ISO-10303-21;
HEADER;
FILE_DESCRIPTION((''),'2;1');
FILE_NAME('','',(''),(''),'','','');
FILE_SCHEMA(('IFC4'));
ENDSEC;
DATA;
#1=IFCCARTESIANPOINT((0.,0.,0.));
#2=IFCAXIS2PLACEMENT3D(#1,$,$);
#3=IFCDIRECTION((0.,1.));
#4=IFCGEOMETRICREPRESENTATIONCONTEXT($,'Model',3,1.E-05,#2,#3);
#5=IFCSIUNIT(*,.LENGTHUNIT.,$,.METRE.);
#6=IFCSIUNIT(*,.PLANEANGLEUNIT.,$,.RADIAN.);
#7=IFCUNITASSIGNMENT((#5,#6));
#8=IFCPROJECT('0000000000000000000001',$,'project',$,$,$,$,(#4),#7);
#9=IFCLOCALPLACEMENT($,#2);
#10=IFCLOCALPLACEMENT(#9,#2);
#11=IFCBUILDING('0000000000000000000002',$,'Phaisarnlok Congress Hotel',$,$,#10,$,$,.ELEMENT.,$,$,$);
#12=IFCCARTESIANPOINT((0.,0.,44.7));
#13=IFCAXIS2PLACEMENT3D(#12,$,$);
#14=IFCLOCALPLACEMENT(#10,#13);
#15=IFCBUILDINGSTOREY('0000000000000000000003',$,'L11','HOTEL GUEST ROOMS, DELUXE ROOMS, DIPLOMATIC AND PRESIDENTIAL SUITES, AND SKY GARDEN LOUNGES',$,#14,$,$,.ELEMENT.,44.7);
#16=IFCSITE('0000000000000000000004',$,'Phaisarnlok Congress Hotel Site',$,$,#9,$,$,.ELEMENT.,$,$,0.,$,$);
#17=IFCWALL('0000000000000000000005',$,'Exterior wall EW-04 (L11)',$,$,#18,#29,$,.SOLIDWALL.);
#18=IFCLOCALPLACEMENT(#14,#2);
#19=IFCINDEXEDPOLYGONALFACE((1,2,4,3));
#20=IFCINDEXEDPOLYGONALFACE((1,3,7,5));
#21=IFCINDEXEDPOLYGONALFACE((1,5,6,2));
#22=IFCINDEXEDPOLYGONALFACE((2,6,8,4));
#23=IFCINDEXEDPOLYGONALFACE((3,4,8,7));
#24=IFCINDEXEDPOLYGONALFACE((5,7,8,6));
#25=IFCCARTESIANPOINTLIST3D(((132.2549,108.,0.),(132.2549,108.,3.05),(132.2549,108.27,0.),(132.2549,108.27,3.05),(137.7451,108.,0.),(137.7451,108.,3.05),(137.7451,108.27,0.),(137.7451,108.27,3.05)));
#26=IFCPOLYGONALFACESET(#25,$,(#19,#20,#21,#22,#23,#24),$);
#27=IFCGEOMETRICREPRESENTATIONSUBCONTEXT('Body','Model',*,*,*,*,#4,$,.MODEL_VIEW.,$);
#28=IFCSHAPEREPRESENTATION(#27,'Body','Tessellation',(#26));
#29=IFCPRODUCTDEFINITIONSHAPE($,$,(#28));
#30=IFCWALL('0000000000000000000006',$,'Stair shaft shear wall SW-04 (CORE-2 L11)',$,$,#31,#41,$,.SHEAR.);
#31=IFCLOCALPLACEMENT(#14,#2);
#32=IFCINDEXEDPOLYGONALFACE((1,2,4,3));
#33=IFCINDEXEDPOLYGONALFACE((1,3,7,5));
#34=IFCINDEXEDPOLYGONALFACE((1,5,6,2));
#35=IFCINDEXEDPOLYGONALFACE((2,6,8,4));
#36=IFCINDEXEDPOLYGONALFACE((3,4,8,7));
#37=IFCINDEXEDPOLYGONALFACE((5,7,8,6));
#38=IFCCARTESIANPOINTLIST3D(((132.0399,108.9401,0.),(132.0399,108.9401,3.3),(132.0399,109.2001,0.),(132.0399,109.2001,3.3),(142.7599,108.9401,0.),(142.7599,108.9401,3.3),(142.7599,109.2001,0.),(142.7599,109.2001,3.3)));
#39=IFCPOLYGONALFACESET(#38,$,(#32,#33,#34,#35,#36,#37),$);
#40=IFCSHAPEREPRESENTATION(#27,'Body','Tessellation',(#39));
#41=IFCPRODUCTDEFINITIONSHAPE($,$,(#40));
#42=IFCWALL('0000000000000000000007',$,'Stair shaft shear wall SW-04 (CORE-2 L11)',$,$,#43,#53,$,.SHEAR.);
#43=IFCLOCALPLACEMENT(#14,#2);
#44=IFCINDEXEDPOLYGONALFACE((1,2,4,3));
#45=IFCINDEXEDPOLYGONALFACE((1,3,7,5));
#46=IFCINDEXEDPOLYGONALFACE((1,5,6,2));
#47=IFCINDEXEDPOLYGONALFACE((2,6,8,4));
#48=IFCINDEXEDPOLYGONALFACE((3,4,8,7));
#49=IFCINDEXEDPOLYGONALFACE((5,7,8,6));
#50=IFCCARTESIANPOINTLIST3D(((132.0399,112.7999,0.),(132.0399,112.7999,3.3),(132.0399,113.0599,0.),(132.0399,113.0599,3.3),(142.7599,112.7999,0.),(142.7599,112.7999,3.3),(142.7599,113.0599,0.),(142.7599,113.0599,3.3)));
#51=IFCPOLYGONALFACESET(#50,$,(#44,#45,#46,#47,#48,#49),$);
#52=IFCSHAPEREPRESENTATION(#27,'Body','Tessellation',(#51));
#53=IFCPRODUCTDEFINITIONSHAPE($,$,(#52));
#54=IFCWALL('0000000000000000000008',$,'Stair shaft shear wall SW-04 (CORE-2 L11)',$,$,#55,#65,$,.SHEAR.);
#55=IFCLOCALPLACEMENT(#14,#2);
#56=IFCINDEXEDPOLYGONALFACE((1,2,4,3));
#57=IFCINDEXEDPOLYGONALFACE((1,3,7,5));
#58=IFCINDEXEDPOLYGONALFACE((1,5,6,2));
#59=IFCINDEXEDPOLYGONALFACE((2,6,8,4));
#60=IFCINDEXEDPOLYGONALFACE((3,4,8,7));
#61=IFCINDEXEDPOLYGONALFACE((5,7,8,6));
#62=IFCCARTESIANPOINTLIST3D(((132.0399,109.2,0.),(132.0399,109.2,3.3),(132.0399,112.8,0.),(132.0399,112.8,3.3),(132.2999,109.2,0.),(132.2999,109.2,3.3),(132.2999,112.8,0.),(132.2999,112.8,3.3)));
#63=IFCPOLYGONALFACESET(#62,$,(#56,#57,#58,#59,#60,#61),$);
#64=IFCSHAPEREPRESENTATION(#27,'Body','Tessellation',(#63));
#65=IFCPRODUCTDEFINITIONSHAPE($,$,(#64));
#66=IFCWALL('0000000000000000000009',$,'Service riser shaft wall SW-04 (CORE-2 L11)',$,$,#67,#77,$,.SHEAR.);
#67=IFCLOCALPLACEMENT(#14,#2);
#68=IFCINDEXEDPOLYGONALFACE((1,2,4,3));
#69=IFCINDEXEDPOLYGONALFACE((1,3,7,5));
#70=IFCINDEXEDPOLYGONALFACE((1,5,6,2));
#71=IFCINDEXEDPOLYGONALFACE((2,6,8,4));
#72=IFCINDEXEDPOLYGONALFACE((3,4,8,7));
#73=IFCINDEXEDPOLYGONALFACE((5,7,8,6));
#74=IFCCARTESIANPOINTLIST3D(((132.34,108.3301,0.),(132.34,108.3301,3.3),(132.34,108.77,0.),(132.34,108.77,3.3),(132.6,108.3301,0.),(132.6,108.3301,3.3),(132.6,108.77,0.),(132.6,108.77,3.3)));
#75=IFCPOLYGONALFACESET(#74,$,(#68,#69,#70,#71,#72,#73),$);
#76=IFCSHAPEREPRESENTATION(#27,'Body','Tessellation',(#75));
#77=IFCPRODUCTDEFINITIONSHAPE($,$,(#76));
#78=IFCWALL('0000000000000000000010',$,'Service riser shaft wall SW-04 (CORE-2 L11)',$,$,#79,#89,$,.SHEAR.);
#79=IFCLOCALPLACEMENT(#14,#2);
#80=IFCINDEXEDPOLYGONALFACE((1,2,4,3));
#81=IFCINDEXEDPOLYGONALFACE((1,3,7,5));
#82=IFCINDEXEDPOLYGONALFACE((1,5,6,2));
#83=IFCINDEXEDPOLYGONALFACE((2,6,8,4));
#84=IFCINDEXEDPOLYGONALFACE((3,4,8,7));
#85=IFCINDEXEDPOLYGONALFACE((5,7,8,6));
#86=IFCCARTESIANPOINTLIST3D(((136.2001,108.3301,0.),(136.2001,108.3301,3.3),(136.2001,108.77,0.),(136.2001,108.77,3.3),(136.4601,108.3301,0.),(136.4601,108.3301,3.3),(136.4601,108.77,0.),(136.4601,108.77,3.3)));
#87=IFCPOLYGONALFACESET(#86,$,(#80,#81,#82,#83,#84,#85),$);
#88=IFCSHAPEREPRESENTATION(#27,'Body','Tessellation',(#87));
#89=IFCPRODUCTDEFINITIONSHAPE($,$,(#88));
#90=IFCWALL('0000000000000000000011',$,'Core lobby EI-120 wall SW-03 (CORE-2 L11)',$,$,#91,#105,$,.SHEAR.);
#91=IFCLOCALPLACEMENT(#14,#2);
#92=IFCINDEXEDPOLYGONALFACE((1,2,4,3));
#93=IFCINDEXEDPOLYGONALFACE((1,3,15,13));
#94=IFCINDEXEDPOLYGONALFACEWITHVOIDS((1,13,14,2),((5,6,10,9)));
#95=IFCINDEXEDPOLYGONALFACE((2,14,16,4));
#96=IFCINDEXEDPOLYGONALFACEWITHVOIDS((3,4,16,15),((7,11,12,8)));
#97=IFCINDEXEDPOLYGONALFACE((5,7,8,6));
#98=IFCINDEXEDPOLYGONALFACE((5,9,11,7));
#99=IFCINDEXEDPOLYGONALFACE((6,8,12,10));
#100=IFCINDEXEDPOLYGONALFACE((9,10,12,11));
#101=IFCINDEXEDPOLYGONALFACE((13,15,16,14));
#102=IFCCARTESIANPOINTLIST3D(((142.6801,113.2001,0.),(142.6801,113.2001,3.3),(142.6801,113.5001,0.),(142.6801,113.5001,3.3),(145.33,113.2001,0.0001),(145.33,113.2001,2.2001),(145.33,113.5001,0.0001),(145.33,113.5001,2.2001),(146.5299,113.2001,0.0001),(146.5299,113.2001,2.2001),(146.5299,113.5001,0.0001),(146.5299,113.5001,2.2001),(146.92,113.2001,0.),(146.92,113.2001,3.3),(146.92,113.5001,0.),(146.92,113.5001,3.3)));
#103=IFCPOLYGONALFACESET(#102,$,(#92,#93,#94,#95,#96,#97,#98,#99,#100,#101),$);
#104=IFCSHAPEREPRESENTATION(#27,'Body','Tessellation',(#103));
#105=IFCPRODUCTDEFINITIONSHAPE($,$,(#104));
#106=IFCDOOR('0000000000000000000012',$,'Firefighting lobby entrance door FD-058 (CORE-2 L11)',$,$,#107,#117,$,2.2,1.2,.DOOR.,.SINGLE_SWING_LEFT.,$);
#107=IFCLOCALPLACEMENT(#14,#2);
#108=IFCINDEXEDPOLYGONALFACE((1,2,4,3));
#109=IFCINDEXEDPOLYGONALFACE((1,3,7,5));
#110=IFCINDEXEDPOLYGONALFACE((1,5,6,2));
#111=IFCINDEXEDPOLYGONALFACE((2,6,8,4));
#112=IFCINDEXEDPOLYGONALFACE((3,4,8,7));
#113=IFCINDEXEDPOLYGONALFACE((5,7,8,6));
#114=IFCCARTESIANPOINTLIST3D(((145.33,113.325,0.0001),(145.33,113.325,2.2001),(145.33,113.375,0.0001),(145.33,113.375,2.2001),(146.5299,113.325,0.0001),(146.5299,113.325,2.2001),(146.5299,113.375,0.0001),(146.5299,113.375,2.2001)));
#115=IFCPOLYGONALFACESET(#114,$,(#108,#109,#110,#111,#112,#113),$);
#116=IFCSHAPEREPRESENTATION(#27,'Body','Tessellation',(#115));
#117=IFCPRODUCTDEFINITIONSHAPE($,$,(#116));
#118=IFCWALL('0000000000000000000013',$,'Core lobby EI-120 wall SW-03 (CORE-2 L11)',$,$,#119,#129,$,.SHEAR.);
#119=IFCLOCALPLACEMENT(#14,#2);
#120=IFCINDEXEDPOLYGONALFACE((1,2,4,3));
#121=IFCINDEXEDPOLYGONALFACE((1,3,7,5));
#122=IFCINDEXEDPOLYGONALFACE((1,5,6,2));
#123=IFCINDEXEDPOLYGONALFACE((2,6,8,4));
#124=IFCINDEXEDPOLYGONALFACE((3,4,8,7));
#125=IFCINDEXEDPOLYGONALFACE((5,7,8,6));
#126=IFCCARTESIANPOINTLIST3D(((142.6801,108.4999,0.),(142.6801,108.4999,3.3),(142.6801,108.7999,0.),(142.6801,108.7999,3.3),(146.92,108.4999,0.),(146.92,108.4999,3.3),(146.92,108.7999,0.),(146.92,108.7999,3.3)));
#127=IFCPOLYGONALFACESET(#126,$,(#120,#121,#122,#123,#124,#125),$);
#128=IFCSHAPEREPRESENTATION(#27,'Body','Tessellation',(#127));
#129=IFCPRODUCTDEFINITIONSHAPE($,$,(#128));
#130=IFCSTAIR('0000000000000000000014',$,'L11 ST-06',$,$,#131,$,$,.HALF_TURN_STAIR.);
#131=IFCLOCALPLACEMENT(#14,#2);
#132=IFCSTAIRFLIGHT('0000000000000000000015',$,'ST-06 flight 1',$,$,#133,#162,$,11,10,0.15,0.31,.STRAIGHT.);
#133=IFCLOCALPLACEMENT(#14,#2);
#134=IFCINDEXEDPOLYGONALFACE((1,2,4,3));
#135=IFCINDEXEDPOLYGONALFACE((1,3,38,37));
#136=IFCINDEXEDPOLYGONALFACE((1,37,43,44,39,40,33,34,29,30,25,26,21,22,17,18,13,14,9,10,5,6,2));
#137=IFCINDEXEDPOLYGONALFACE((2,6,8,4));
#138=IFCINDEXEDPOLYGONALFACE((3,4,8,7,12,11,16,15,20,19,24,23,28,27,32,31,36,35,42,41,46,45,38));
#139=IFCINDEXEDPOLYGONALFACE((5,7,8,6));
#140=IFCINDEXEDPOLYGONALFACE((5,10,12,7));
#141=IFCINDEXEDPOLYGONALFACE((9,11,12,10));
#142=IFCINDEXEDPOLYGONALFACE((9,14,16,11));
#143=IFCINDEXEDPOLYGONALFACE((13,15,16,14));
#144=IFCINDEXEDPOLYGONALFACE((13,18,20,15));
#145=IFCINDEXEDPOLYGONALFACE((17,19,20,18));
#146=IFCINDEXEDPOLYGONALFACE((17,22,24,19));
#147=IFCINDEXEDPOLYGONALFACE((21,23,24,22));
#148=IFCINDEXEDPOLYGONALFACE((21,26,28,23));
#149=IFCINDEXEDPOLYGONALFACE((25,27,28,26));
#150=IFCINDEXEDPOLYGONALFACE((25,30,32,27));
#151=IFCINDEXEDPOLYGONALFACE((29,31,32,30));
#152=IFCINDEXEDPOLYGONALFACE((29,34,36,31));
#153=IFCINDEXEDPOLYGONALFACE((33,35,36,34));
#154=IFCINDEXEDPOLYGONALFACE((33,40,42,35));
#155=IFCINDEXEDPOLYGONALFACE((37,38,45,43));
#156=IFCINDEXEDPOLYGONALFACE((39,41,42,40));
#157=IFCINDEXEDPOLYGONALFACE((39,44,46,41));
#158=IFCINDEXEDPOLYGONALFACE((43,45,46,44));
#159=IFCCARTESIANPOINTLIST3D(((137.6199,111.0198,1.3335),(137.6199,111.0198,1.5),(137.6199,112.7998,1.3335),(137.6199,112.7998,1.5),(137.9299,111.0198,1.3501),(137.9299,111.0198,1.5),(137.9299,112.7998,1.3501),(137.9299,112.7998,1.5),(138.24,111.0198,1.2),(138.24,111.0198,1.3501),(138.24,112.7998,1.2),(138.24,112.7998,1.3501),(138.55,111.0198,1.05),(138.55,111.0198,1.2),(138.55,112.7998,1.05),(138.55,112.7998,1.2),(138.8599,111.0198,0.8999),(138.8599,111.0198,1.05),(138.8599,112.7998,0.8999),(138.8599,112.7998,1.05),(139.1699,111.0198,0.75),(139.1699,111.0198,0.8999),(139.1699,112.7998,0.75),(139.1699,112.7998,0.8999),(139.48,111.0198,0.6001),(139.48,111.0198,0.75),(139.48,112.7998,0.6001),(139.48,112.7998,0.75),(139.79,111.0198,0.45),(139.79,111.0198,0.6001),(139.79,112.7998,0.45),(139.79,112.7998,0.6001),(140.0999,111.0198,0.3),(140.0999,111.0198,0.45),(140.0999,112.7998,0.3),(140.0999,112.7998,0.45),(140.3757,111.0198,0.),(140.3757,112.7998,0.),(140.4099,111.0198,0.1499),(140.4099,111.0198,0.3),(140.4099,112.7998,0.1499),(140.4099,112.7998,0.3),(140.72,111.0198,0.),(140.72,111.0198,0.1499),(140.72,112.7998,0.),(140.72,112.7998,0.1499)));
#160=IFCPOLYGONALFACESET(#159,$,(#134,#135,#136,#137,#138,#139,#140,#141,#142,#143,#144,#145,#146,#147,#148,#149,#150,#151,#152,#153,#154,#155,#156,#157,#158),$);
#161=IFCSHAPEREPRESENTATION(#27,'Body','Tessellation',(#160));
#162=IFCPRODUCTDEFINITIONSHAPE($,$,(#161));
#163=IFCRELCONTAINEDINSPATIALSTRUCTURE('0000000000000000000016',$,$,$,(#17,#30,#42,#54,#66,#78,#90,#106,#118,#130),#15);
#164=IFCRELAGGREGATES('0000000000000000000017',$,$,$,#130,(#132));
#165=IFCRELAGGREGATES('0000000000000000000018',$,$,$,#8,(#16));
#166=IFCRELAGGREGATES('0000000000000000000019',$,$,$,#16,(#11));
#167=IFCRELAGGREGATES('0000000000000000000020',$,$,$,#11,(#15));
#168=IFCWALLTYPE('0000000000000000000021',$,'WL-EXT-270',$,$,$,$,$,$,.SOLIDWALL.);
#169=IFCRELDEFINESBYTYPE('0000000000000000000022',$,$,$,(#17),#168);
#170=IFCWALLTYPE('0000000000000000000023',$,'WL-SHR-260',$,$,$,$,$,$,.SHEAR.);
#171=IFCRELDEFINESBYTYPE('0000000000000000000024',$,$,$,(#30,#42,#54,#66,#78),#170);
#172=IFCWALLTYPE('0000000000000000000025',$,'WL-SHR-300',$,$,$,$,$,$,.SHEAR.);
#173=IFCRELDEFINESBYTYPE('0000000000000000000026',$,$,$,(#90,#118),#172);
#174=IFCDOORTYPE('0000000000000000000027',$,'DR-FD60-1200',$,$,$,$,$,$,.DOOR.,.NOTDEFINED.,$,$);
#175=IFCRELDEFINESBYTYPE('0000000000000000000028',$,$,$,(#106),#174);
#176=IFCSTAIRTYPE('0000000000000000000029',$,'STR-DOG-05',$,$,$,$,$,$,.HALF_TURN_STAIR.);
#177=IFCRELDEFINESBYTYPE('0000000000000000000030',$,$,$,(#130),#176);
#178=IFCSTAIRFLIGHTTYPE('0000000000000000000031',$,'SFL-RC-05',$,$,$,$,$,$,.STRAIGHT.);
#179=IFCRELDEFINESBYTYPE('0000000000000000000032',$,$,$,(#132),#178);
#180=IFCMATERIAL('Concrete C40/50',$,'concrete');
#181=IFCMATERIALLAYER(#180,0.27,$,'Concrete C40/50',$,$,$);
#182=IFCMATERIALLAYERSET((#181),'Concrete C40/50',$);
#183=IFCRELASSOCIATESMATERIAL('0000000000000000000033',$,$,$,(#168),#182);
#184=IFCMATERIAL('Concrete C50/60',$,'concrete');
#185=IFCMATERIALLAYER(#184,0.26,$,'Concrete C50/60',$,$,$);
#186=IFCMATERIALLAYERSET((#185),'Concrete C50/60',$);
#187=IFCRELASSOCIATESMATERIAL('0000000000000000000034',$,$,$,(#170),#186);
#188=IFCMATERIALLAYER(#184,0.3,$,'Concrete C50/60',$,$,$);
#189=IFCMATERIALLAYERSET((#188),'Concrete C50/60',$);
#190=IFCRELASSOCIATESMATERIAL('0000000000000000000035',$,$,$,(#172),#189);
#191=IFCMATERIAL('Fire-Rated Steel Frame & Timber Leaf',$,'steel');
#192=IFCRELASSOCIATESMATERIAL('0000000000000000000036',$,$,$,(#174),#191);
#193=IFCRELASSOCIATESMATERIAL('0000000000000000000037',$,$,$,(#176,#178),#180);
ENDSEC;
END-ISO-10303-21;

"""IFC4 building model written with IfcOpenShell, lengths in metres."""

from ifc_helpers import new_model, si_unit, direction, frame, frame_2d, origin, place, context, subcontext, project, spatial, polyline, rectangle, outline, extrude, material, layer, layer_set, type_object, element, fill, aggregate, save


model = new_model("IFC4")

# Units and contexts
model_context = context("Model", 3, precision=1e-05, world=origin(), true_north=direction((0.0, 1.0)))
body_context = subcontext(model_context, "Body", "Model", "MODEL_VIEW")
ifc_project = project(units=[si_unit("LENGTHUNIT", "METRE"), si_unit("PLANEANGLEUNIT", "RADIAN")], contexts=[model_context])

# Site, building, storey
site_placement = place(None, origin())
site = spatial("IfcSite", under=ifc_project, at=site_placement, Name="Phaisarnlok Congress Hotel Site", CompositionType="ELEMENT", RefElevation=0.0)
building_placement = place(site_placement, origin())
building = spatial("IfcBuilding", under=site, at=building_placement, Name="Phaisarnlok Congress Hotel", CompositionType="ELEMENT")
storey_placement = place(building_placement, frame((0.0, 0.0, 44.7)))
storey = spatial("IfcBuildingStorey", under=building, at=storey_placement, Name="L11", Description="HOTEL GUEST ROOMS, DELUXE ROOMS, DIPLOMATIC AND PRESIDENTIAL SUITES, AND SKY GARDEN LOUNGES", CompositionType="ELEMENT", Elevation=44.7)

# Shared definitions
ifc_material_1 = material(Name="Concrete C50/60", Category="concrete")

# Shared definitions
ifc_material_2 = material(Name="Concrete C40/50", Category="concrete")

# Walls
ifc_layer_1 = layer(ifc_material_2, 0.27, Name="Concrete C40/50")
ifc_layer_set_1 = layer_set([ifc_layer_1], Name="Concrete C40/50")
wall_type_1 = type_object("IfcWallType", Name="WL-EXT-270", PredefinedType="SOLIDWALL", material=ifc_layer_set_1)
wall_1_placement = place(storey_placement, frame((132.2549, 108.135, 0.0), z_axis=(0.0, 0.0, 1.0), x_axis=(1.0, 0.0, 0.0)))
element("IfcWall", 1, at=wall_1_placement, inside=storey, type_object=wall_type_1, Name="Exterior wall EW-04 (L11)", PredefinedType="SOLIDWALL", context=body_context, shape_type="SweptSolid", body=[
    extrude(rectangle(XDim=5.4902, YDim=0.27, at=frame_2d((2.7451, 0.0))), origin(), (0.0, 0.0, 1.0), 3.05),
])
ifc_layer_2 = layer(ifc_material_1, 0.26, Name="Concrete C50/60")
ifc_layer_set_2 = layer_set([ifc_layer_2], Name="Concrete C50/60")
wall_type_2 = type_object("IfcWallType", Name="WL-SHR-260", PredefinedType="SHEAR", material=ifc_layer_set_2)
for number, where, z_axis, x_axis, name in (
    (2, (132.04, 109.0701, 0.0), (0.0, 0.0, 1.0), (1.0, 0.0, 0.0), "Stair shaft shear wall SW-04 (CORE-2 L11)"),
    (3, (132.04, 112.9299, 0.0), (0.0, 0.0, 1.0), (1.0, 0.0, 0.0), "Stair shaft shear wall SW-04 (CORE-2 L11)"),
):
    element("IfcWall", number, at=place(storey_placement, frame(where, z_axis=z_axis, x_axis=x_axis)), inside=storey, type_object=wall_type_2, Name=name, PredefinedType="SHEAR", context=body_context, shape_type="SweptSolid", body=[
        extrude(rectangle(XDim=10.72, YDim=0.26, at=frame_2d((5.3599, 0.0))), origin(), (0.0, 0.0, 1.0), 3.3),
    ])
wall_2_placement = place(storey_placement, frame((132.1699, 109.2, 0.0), z_axis=(0.0, 0.0, 1.0), x_axis=(0.0, 1.0, 0.0)))
element("IfcWall", 4, at=wall_2_placement, inside=storey, type_object=wall_type_2, Name="Stair shaft shear wall SW-04 (CORE-2 L11)", PredefinedType="SHEAR", context=body_context, shape_type="SweptSolid", body=[
    extrude(rectangle(XDim=3.6001, YDim=0.26, at=frame_2d((1.8, 0.0))), origin(), (0.0, 0.0, 1.0), 3.3),
])

# Shared definitions
ifc_material_3 = material(Name="Fire-Rated Steel Frame & Timber Leaf", Category="steel")

# Walls
for number, where, z_axis, x_axis, name in (
    (5, (132.47, 108.3301, 0.0), (0.0, 0.0, 1.0), (0.0, 1.0, 0.0), "Service riser shaft wall SW-04 (CORE-2 L11)"),
    (6, (136.3301, 108.3301, 0.0), (0.0, 0.0, 1.0), (0.0, 1.0, 0.0), "Service riser shaft wall SW-04 (CORE-2 L11)"),
):
    element("IfcWall", number, at=place(storey_placement, frame(where, z_axis=z_axis, x_axis=x_axis)), inside=storey, type_object=wall_type_2, Name=name, PredefinedType="SHEAR", context=body_context, shape_type="SweptSolid", body=[
        extrude(rectangle(XDim=0.4399, YDim=0.26, at=frame_2d((0.22, 0.0))), origin(), (0.0, 0.0, 1.0), 3.3),
    ])

# Wall, opening, door
ifc_layer_3 = layer(ifc_material_1, 0.3, Name="Concrete C50/60")
ifc_layer_set_3 = layer_set([ifc_layer_3], Name="Concrete C50/60")
wall_type_3 = type_object("IfcWallType", Name="WL-SHR-300", PredefinedType="SHEAR", material=ifc_layer_set_3)
wall_3_placement = place(storey_placement, frame((142.6799, 113.3501, 0.0), z_axis=(0.0, 0.0, 1.0), x_axis=(1.0, 0.0, 0.0)))
wall_3 = element("IfcWall", 7, at=wall_3_placement, inside=storey, type_object=wall_type_3, Name="Core lobby EI-120 wall SW-03 (CORE-2 L11)", PredefinedType="SHEAR", context=body_context, shape_type="SweptSolid", body=[
    extrude(rectangle(XDim=4.24, YDim=0.3, at=frame_2d((2.1201, 0.0))), origin(), (0.0, 0.0, 1.0), 3.3),
])
opening_1_placement = place(wall_3_placement, frame((2.6499, 0.0, 0.0)))
opening_1 = element("IfcOpeningElement", 8, at=opening_1_placement, cuts=wall_3, PredefinedType="OPENING", context=body_context, shape_type="SweptSolid", body=[
    extrude(rectangle(XDim=1.2, YDim=2.2, at=frame_2d((0.6001, 1.1001))), frame((0.0, 0.1602, 0.0), z_axis=(0.0, -1.0, 0.0), x_axis=(1.0, 0.0, 0.0)), (0.0, 0.0, 1.0), 0.3201),
])
door_type_1 = type_object("IfcDoorType", Name="DR-FD60-1200", OperationType="NOTDEFINED", PredefinedType="DOOR", material=ifc_material_3)
door_1_placement = place(opening_1_placement, origin())
door_1 = element("IfcDoor", 9, at=door_1_placement, inside=storey, type_object=door_type_1, Name="Firefighting lobby entrance door FD-058 (CORE-2 L11)", OperationType="SINGLE_SWING_LEFT", OverallHeight=2.2, OverallWidth=1.2, PredefinedType="DOOR", context=body_context, shape_type="SweptSolid", body=[
    extrude(rectangle(XDim=1.2, YDim=2.2, at=frame_2d((0.6001, 1.1001))), frame((0.0, 0.0249, 0.0), z_axis=(0.0, -1.0, 0.0), x_axis=(1.0, 0.0, 0.0)), (0.0, 0.0, 1.0), 0.05),
])
fill(opening_1, door_1)

# Wall
wall_4_placement = place(storey_placement, frame((142.6799, 108.6499, 0.0), z_axis=(0.0, 0.0, 1.0), x_axis=(1.0, 0.0, 0.0)))
element("IfcWall", 10, at=wall_4_placement, inside=storey, type_object=wall_type_3, Name="Core lobby EI-120 wall SW-03 (CORE-2 L11)", PredefinedType="SHEAR", context=body_context, shape_type="SweptSolid", body=[
    extrude(rectangle(XDim=4.24, YDim=0.3, at=frame_2d((2.1201, 0.0))), origin(), (0.0, 0.0, 1.0), 3.3),
])

# Stair, stair flight
stair_type = type_object("IfcStairType", Name="STR-DOG-05", PredefinedType="HALF_TURN_STAIR", material=ifc_material_2)
stair_placement = place(storey_placement, origin())
stair = element("IfcStair", 11, at=stair_placement, inside=storey, type_object=stair_type, Name="L11 ST-06", PredefinedType="HALF_TURN_STAIR")
stair_flight_type = type_object("IfcStairFlightType", Name="SFL-RC-05", PredefinedType="STRAIGHT", material=ifc_material_2)
stair_flight_1_placement = place(storey_placement, frame((140.72, 111.9099, 0.0), z_axis=(0.0, 0.0, 1.0), x_axis=(-1.0, 0.0, 0.0)))
stair_flight_1 = element("IfcStairFlight", 12, at=stair_flight_1_placement, type_object=stair_flight_type, Name="ST-06 flight 1", NumberOfRisers=11, NumberOfTreads=10, PredefinedType="STRAIGHT", RiserHeight=0.15, TreadLength=0.31, context=body_context, shape_type="SweptSolid", body=[
    extrude(outline(polyline([(0.0, 0.0), (0.0, 0.1499), (0.3101, 0.1499), (0.3101, 0.3), (0.6201, 0.3), (0.6201, 0.45), (0.9299, 0.45), (0.9299, 0.6001), (1.24, 0.6001), (1.24, 0.75), (1.55, 0.75), (1.55, 0.8999), (1.8601, 0.8999), (1.8601, 1.05), (2.1699, 1.05), (2.1699, 1.2), (2.48, 1.2), (2.48, 1.3501), (2.79, 1.3501), (2.79, 1.5), (3.1001, 1.5), (3.1001, 1.6499), (3.1001, 1.3335), (0.3442, 0.0), (0.0, 0.0)])), frame((0.0, 0.8901, 0.0), z_axis=(0.0, -1.0, 0.0), x_axis=(1.0, 0.0, 0.0)), (0.0, 0.0, 1.0), 1.78),
])
aggregate(stair, [stair_flight_1])

save(model, "model.ifc")
